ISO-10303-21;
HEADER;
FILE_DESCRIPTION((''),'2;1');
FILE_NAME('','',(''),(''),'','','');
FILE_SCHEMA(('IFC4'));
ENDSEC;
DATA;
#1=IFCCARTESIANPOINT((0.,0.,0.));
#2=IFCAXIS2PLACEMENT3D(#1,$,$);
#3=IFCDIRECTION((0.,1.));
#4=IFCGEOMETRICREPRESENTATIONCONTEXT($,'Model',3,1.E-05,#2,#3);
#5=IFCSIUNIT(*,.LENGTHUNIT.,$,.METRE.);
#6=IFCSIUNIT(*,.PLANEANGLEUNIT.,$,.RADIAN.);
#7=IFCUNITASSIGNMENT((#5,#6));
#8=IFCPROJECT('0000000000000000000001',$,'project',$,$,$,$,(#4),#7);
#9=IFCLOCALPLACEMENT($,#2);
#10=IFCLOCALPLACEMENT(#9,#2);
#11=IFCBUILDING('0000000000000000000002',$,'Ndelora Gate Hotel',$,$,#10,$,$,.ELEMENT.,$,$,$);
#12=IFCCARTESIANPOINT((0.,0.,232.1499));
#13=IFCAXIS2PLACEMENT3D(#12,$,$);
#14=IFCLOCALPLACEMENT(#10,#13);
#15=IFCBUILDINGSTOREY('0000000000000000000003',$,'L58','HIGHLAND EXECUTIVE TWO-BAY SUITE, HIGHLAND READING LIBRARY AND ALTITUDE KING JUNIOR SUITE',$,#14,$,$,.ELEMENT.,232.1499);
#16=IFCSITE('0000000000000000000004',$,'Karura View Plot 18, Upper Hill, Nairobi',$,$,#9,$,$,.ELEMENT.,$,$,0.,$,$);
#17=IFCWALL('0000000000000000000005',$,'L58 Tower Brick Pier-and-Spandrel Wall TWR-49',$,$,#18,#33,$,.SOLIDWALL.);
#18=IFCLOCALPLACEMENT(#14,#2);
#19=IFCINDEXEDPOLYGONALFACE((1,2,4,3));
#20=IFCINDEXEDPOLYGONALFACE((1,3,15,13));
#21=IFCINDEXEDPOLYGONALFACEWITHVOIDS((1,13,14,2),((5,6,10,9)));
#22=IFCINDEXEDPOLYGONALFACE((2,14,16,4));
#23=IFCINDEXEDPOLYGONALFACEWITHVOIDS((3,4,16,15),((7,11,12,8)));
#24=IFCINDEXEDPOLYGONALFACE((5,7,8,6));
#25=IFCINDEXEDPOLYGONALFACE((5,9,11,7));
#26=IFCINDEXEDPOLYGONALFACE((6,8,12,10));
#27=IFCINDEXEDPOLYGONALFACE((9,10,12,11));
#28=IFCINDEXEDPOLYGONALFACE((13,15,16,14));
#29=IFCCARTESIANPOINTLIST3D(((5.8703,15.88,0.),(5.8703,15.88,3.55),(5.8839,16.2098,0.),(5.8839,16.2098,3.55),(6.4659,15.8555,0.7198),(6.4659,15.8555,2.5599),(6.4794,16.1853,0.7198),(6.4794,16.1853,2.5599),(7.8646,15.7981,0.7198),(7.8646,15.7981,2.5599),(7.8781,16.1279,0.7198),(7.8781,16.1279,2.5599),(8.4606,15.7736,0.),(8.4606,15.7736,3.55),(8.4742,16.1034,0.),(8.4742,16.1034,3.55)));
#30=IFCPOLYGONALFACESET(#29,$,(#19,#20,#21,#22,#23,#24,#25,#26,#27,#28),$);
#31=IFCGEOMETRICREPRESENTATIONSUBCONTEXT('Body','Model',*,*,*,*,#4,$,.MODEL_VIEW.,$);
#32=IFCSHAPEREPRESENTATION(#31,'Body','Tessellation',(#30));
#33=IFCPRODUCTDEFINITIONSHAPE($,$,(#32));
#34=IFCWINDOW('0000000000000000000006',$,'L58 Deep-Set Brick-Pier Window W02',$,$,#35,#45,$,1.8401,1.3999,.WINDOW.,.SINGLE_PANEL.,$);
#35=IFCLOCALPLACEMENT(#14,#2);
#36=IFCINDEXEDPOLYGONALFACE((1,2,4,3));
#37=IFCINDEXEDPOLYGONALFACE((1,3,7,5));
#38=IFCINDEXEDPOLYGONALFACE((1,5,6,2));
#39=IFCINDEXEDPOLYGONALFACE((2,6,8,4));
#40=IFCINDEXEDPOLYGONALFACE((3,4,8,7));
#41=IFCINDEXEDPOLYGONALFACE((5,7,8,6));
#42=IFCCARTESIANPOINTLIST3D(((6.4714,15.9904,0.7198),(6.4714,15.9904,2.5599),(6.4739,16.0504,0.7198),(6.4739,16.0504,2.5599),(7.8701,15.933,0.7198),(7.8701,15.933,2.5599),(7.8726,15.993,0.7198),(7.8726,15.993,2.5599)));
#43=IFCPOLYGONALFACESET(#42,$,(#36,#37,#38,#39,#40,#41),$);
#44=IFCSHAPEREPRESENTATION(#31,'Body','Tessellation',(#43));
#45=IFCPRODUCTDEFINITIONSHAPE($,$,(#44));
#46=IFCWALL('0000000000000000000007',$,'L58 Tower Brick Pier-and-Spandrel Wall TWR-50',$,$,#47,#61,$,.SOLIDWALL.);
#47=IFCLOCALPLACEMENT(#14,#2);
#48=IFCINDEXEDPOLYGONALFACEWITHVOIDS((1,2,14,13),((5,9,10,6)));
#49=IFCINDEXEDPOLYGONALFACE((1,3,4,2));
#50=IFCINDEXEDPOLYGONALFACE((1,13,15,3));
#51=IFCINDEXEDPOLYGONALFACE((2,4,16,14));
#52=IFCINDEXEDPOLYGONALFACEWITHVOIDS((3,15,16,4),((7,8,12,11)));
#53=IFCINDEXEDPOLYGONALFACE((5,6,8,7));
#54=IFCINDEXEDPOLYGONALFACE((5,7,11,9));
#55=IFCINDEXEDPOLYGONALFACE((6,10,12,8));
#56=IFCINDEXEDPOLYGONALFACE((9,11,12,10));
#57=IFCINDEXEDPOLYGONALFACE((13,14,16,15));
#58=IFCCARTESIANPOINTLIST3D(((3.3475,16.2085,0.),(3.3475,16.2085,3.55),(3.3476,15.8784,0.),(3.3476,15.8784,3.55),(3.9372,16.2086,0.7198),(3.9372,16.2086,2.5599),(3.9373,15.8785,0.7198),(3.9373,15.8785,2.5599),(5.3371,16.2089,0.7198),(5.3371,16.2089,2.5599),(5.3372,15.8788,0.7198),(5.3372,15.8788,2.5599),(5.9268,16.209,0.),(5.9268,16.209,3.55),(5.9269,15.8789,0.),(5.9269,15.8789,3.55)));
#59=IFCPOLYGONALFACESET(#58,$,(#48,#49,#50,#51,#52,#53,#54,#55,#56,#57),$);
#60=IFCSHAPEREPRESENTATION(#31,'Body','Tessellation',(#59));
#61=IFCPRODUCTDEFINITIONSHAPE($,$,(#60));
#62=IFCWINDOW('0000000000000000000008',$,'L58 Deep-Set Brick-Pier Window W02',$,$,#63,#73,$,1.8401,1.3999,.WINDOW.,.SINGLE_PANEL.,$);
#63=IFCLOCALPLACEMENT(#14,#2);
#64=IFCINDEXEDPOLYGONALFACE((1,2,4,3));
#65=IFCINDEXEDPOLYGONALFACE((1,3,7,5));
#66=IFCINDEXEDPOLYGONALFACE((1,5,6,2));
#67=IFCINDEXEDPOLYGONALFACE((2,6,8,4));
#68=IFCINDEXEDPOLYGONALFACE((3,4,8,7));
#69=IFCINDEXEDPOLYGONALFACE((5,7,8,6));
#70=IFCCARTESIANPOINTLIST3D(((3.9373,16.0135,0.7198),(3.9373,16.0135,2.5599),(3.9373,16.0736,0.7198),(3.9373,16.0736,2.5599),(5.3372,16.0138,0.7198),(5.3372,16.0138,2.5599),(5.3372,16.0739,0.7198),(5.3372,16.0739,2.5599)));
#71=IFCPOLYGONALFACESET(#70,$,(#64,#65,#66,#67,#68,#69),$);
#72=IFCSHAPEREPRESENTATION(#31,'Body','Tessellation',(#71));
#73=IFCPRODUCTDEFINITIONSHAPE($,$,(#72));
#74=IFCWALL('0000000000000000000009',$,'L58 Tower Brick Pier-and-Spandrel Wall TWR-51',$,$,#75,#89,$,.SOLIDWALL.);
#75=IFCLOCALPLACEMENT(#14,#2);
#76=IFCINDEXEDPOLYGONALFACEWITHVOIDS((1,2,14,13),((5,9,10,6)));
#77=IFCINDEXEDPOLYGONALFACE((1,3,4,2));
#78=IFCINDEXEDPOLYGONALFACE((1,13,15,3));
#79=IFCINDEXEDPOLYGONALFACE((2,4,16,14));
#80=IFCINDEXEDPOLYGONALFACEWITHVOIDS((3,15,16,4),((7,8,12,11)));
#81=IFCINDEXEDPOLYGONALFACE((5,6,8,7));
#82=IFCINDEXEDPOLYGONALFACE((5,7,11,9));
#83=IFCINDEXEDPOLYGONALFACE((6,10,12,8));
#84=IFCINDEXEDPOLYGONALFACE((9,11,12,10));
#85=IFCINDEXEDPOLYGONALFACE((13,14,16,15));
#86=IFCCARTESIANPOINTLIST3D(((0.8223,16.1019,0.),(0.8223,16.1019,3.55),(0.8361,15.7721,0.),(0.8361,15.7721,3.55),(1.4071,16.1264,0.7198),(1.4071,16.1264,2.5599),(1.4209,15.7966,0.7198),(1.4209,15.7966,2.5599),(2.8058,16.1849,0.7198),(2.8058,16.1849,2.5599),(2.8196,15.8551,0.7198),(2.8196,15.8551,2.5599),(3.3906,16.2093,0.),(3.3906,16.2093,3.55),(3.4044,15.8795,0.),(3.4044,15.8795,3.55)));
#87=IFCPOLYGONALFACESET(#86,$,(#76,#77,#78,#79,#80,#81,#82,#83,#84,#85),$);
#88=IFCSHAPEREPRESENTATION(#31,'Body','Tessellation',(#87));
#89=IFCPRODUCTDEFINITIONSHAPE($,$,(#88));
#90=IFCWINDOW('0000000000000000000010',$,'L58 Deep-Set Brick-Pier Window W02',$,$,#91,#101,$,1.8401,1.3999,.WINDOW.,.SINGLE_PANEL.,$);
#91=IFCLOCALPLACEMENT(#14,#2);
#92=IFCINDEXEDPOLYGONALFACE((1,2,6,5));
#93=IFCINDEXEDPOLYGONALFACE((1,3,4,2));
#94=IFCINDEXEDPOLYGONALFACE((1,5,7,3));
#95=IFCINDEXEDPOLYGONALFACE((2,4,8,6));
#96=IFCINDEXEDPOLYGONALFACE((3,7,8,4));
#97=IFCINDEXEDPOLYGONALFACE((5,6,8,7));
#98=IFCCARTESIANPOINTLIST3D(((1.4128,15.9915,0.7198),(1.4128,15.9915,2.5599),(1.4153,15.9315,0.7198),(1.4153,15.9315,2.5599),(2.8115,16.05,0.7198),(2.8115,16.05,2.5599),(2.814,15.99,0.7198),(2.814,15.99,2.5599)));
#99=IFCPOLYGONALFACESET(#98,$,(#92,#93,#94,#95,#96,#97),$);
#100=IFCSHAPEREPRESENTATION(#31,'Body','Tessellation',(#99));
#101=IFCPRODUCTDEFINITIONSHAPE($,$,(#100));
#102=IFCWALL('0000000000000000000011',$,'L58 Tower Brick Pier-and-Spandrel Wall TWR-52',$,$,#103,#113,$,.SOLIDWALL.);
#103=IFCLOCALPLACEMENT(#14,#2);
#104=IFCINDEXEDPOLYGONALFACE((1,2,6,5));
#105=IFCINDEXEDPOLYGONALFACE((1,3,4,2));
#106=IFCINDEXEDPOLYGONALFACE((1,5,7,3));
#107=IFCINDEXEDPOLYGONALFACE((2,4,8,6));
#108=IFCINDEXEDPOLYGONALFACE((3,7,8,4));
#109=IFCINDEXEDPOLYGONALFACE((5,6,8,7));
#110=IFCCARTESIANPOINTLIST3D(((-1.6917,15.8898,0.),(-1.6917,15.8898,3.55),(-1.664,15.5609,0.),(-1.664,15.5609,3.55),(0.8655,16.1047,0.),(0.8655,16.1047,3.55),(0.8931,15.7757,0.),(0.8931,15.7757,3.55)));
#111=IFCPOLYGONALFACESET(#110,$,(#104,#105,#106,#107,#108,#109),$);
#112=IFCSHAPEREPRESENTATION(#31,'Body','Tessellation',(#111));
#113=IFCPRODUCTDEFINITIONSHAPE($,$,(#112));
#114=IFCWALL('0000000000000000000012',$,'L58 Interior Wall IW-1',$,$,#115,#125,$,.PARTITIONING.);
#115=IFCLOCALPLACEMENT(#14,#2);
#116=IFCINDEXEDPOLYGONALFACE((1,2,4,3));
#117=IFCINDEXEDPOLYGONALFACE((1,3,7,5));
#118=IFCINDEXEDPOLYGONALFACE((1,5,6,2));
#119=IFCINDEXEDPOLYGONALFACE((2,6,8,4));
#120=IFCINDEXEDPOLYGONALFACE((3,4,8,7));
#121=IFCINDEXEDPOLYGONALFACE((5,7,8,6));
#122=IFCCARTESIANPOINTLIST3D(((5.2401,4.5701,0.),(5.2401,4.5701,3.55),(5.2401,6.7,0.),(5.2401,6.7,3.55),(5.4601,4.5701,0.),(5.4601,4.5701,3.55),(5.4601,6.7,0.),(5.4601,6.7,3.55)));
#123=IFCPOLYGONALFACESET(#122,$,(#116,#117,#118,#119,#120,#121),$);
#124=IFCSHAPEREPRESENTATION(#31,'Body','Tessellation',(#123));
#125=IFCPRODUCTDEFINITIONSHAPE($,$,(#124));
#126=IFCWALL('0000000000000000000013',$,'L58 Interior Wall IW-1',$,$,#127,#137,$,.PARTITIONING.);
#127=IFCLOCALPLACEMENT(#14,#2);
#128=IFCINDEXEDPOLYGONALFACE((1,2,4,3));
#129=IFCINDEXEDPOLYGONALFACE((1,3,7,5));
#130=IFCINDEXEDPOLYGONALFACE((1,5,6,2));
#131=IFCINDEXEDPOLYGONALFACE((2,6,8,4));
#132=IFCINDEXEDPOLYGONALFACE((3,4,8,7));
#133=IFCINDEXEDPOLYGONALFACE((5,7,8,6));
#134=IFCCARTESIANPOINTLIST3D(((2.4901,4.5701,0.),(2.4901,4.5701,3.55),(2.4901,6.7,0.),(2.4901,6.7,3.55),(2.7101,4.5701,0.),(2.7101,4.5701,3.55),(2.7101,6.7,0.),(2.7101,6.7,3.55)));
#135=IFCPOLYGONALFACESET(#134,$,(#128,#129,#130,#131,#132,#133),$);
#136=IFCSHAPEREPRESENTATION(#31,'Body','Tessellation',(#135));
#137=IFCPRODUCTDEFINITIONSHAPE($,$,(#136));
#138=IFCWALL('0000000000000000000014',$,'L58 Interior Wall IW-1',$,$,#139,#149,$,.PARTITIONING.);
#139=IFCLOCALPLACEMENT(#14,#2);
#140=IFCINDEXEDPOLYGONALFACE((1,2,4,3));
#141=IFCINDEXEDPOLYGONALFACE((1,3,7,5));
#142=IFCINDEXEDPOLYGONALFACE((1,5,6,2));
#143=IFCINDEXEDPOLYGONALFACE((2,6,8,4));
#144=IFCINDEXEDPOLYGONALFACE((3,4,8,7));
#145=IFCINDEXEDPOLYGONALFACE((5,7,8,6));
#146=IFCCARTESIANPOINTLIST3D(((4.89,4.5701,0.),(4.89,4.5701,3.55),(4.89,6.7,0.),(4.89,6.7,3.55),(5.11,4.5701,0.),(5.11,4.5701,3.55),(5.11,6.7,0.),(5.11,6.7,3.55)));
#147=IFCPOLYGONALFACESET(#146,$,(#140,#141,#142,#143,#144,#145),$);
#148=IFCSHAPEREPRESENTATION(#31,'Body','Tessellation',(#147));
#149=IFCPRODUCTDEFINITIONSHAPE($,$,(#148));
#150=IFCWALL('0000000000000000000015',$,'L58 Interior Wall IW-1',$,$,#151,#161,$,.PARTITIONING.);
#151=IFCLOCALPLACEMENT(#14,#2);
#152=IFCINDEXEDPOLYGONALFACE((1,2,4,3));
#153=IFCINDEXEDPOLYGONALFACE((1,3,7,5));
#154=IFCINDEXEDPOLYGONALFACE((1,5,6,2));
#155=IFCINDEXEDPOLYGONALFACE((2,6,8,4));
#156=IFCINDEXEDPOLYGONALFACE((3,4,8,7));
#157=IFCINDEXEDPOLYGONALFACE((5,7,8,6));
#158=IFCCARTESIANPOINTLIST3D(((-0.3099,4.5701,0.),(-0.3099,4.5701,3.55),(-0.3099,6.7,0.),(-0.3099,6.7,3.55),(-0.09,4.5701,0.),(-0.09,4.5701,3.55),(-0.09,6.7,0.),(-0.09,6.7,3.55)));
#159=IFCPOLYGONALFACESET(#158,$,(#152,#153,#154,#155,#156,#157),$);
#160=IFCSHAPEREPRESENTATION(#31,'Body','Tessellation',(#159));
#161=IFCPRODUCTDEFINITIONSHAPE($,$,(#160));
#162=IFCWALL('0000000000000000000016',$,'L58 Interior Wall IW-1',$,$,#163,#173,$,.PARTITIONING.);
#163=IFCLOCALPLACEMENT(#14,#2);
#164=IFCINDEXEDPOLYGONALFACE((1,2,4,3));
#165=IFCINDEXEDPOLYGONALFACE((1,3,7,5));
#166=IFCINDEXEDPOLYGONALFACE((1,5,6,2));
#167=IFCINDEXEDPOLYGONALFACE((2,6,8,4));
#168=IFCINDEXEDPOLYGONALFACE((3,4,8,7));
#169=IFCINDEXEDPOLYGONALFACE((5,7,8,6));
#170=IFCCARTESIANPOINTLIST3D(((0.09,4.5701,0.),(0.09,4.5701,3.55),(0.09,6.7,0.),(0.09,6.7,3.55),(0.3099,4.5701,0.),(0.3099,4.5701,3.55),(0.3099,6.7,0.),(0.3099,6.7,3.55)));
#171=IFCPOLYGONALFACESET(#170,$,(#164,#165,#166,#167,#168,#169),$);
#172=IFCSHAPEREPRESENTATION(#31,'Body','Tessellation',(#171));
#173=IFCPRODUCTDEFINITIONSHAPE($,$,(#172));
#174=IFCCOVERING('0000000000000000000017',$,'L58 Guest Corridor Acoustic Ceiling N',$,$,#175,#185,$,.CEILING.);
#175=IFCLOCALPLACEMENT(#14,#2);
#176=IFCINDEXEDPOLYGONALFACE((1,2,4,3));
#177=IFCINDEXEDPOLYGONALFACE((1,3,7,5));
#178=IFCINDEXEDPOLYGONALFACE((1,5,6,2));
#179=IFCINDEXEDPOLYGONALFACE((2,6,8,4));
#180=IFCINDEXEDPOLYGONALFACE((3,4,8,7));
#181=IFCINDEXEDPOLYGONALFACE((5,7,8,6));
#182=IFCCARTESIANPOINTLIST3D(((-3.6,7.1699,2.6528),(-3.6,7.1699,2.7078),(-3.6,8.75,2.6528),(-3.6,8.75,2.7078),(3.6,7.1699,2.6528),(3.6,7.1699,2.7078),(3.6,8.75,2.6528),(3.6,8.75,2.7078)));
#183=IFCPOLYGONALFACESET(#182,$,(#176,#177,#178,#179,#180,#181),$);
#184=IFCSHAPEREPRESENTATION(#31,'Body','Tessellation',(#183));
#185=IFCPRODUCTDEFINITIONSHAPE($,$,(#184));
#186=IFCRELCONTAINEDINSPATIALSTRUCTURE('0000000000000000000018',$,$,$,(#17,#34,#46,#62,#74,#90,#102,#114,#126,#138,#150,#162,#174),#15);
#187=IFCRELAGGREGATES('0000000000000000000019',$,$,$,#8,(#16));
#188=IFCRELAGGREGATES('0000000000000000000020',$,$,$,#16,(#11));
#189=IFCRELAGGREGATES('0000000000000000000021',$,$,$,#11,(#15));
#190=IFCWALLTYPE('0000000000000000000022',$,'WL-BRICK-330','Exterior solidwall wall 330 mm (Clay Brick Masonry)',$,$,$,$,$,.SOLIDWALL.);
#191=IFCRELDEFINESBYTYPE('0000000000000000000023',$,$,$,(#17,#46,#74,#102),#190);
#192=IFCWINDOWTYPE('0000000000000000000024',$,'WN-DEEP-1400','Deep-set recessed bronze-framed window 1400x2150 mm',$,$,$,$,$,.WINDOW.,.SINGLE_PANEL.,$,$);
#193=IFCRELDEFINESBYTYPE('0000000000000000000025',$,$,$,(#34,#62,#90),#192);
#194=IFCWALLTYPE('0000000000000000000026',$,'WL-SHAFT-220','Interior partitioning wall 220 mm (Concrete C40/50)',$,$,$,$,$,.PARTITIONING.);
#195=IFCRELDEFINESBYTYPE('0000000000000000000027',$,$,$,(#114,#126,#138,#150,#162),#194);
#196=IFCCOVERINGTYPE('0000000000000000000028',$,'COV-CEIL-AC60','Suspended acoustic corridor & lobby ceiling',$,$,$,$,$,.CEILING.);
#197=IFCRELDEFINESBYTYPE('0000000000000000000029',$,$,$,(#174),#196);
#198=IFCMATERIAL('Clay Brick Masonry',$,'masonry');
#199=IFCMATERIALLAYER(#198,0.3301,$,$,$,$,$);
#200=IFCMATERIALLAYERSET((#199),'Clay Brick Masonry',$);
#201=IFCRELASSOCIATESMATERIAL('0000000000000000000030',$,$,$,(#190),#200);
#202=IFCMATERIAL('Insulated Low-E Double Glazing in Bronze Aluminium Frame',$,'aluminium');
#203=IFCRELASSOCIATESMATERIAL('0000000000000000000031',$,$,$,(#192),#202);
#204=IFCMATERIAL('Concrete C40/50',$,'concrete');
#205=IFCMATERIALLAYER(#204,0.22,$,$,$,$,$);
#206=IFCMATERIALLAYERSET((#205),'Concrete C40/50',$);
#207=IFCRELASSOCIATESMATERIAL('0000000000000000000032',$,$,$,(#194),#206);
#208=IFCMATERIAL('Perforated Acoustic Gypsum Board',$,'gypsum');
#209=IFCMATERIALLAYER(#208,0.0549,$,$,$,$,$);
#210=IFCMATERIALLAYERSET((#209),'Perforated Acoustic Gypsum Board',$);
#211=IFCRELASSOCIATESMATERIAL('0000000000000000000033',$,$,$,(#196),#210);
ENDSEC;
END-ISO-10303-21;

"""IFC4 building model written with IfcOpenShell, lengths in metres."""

from ifc_helpers import new_model, si_unit, direction, frame, frame_2d, origin, origin_2d, place, context, subcontext, project, spatial, rectangle, extrude, material, layer, layer_set, type_object, element, fill, save


model = new_model("IFC4")

# Units and contexts
model_context = context("Model", 3, precision=1e-05, world=origin(), true_north=direction((0.0, 1.0)))
body_context = subcontext(model_context, "Body", "Model", "MODEL_VIEW")
ifc_project = project(units=[si_unit("LENGTHUNIT", "METRE"), si_unit("PLANEANGLEUNIT", "RADIAN")], contexts=[model_context])

# Site, building, storey
site_placement = place(None, origin())
site = spatial("IfcSite", under=ifc_project, at=site_placement, Name="Karura View Plot 18, Upper Hill, Nairobi", CompositionType="ELEMENT", RefElevation=0.0)
building_placement = place(site_placement, origin())
building = spatial("IfcBuilding", under=site, at=building_placement, Name="Ndelora Gate Hotel", CompositionType="ELEMENT")
storey_placement = place(building_placement, frame((0.0, 0.0, 232.1499)))
storey = spatial("IfcBuildingStorey", under=building, at=storey_placement, Name="L58", Description="HIGHLAND EXECUTIVE TWO-BAY SUITE, HIGHLAND READING LIBRARY AND ALTITUDE KING JUNIOR SUITE", CompositionType="ELEMENT", Elevation=232.1499)

# Walls, openings, windows
ifc_material_1 = material(Name="Clay Brick Masonry", Category="masonry")
ifc_layer_1 = layer(ifc_material_1, 0.3301)
ifc_layer_set_1 = layer_set([ifc_layer_1], Name="Clay Brick Masonry")
wall_type_1 = type_object("IfcWallType", Name="WL-BRICK-330", Description="Exterior solidwall wall 330 mm (Clay Brick Masonry)", PredefinedType="SOLIDWALL", material=ifc_layer_set_1)
wall_1_placement = place(storey_placement, frame((5.877, 16.0449, 0.0), z_axis=(0.0, 0.0, 1.0), x_axis=(0.999157, -0.041059, 0.0)))
wall_1 = element("IfcWall", 1, at=wall_1_placement, inside=storey, type_object=wall_type_1, Name="L58 Tower Brick Pier-and-Spandrel Wall TWR-49", PredefinedType="SOLIDWALL", context=body_context, shape_type="SweptSolid", body=[
    extrude(rectangle(XDim=2.5925, YDim=0.3301, at=frame_2d((1.2964, 0.0))), origin(), (0.0, 0.0, 1.0), 3.55),
])
opening_1_placement = place(wall_1_placement, frame((0.5962, 0.0, 0.72)))
opening_1 = element("IfcOpeningElement", 2, at=opening_1_placement, cuts=wall_1, PredefinedType="OPENING", context=body_context, shape_type="SweptSolid", body=[
    extrude(rectangle(XDim=1.3999, YDim=1.8401, at=frame_2d((0.7, 0.9199))), frame((0.0, 0.175, 0.0), z_axis=(0.0, -1.0, 0.0), x_axis=(1.0, 0.0, 0.0)), (0.0, 0.0, 1.0), 0.3501),
])
ifc_material_2 = material(Name="Insulated Low-E Double Glazing in Bronze Aluminium Frame", Category="aluminium")
window_type = type_object("IfcWindowType", Name="WN-DEEP-1400", Description="Deep-set recessed bronze-framed window 1400x2150 mm", PartitioningType="SINGLE_PANEL", PredefinedType="WINDOW", material=ifc_material_2)
window_1_placement = place(opening_1_placement, origin())
window_1 = element("IfcWindow", 3, at=window_1_placement, inside=storey, type_object=window_type, Name="L58 Deep-Set Brick-Pier Window W02", OverallHeight=1.8401, OverallWidth=1.3999, PartitioningType="SINGLE_PANEL", PredefinedType="WINDOW", context=body_context, shape_type="SweptSolid", body=[
    extrude(rectangle(XDim=1.3999, YDim=1.8401, at=frame_2d((0.7, 0.9199))), frame((0.0, 0.03, 0.0), z_axis=(0.0, -1.0, 0.0), x_axis=(1.0, 0.0, 0.0)), (0.0, 0.0, 1.0), 0.0601),
])
fill(opening_1, window_1)
wall_2_placement = place(storey_placement, frame((3.3477, 16.0435, 0.0), z_axis=(0.0, 0.0, 1.0), x_axis=(1.0, 0.000189, 0.0)))
wall_2 = element("IfcWall", 4, at=wall_2_placement, inside=storey, type_object=wall_type_1, Name="L58 Tower Brick Pier-and-Spandrel Wall TWR-50", PredefinedType="SOLIDWALL", context=body_context, shape_type="SweptSolid", body=[
    extrude(rectangle(XDim=2.5793, YDim=0.3301, at=frame_2d((1.2896, 0.0))), origin(), (0.0, 0.0, 1.0), 3.55),
])
opening_2_placement = place(wall_2_placement, frame((0.5896, 0.0, 0.72)))
opening_2 = element("IfcOpeningElement", 5, at=opening_2_placement, cuts=wall_2, PredefinedType="OPENING", context=body_context, shape_type="SweptSolid", body=[
    extrude(rectangle(XDim=1.3999, YDim=1.8401, at=frame_2d((0.7, 0.9199))), frame((0.0, 0.175, 0.0), z_axis=(0.0, -1.0, 0.0), x_axis=(1.0, 0.0, 0.0)), (0.0, 0.0, 1.0), 0.3501),
])
window_2_placement = place(opening_2_placement, origin())
window_2 = element("IfcWindow", 6, at=window_2_placement, inside=storey, type_object=window_type, Name="L58 Deep-Set Brick-Pier Window W02", OverallHeight=1.8401, OverallWidth=1.3999, PartitioningType="SINGLE_PANEL", PredefinedType="WINDOW", context=body_context, shape_type="SweptSolid", body=[
    extrude(rectangle(XDim=1.3999, YDim=1.8401, at=frame_2d((0.7, 0.9199))), frame((0.0, 0.03, 0.0), z_axis=(0.0, -1.0, 0.0), x_axis=(1.0, 0.0, 0.0)), (0.0, 0.0, 1.0), 0.0601),
])
fill(opening_2, window_2)
wall_3_placement = place(storey_placement, frame((0.8293, 15.937, 0.0), z_axis=(0.0, 0.0, 1.0), x_axis=(0.999126, 0.041789, 0.0)))
wall_3 = element("IfcWall", 7, at=wall_3_placement, inside=storey, type_object=wall_type_1, Name="L58 Tower Brick Pier-and-Spandrel Wall TWR-51", PredefinedType="SOLIDWALL", context=body_context, shape_type="SweptSolid", body=[
    extrude(rectangle(XDim=2.5706, YDim=0.3301, at=frame_2d((1.2852, 0.0))), origin(), (0.0, 0.0, 1.0), 3.55),
])
opening_3_placement = place(wall_3_placement, frame((0.5852, 0.0, 0.72)))
opening_3 = element("IfcOpeningElement", 8, at=opening_3_placement, cuts=wall_3, PredefinedType="OPENING", context=body_context, shape_type="SweptSolid", body=[
    extrude(rectangle(XDim=1.3999, YDim=1.8401, at=frame_2d((0.7, 0.9199))), frame((0.0, 0.175, 0.0), z_axis=(0.0, -1.0, 0.0), x_axis=(1.0, 0.0, 0.0)), (0.0, 0.0, 1.0), 0.3501),
])
window_3_placement = place(opening_3_placement, origin())
window_3 = element("IfcWindow", 9, at=window_3_placement, inside=storey, type_object=window_type, Name="L58 Deep-Set Brick-Pier Window W02", OverallHeight=1.8401, OverallWidth=1.3999, PartitioningType="SINGLE_PANEL", PredefinedType="WINDOW", context=body_context, shape_type="SweptSolid", body=[
    extrude(rectangle(XDim=1.3999, YDim=1.8401, at=frame_2d((0.7, 0.9199))), frame((0.0, 0.03, 0.0), z_axis=(0.0, -1.0, 0.0), x_axis=(1.0, 0.0, 0.0)), (0.0, 0.0, 1.0), 0.0601),
])
fill(opening_3, window_3)

# Wall
wall_4_placement = place(storey_placement, frame((-1.678, 15.7253, 0.0), z_axis=(0.0, 0.0, 1.0), x_axis=(0.996489, 0.083723, 0.0)))
element("IfcWall", 10, at=wall_4_placement, inside=storey, type_object=wall_type_1, Name="L58 Tower Brick Pier-and-Spandrel Wall TWR-52", PredefinedType="SOLIDWALL", context=body_context, shape_type="SweptSolid", body=[
    extrude(rectangle(XDim=2.5662, YDim=0.3301, at=frame_2d((1.2832, 0.0))), origin(), (0.0, 0.0, 1.0), 3.55),
])

# Shared definitions
ifc_material_3 = material(Name="Concrete C40/50", Category="concrete")
ifc_layer_2 = layer(ifc_material_3, 0.22)
ifc_layer_set_2 = layer_set([ifc_layer_2], Name="Concrete C40/50")
wall_type_2 = type_object("IfcWallType", Name="WL-SHAFT-220", Description="Interior partitioning wall 220 mm (Concrete C40/50)", PredefinedType="PARTITIONING", material=ifc_layer_set_2)

# Walls
for number, where, z_axis, x_axis, name in (
    (11, (5.3501, 4.5701, 0.0), (0.0, 0.0, 1.0), (0.0, 1.0, 0.0), "L58 Interior Wall IW-1"),
    (12, (2.6001, 4.5701, 0.0), (0.0, 0.0, 1.0), (0.0, 1.0, 0.0), "L58 Interior Wall IW-1"),
    (13, (5.0, 4.5701, 0.0), (0.0, 0.0, 1.0), (0.0, 1.0, 0.0), "L58 Interior Wall IW-1"),
    (14, (-0.2, 4.5701, 0.0), (0.0, 0.0, 1.0), (0.0, 1.0, 0.0), "L58 Interior Wall IW-1"),
    (15, (0.2, 4.5701, 0.0), (0.0, 0.0, 1.0), (0.0, 1.0, 0.0), "L58 Interior Wall IW-1"),
):
    element("IfcWall", number, at=place(storey_placement, frame(where, z_axis=z_axis, x_axis=x_axis)), inside=storey, type_object=wall_type_2, Name=name, PredefinedType="PARTITIONING", context=body_context, shape_type="SweptSolid", body=[
        extrude(rectangle(XDim=2.1299, YDim=0.22, at=frame_2d((1.0649, 0.0))), origin(), (0.0, 0.0, 1.0), 3.55),
    ])

# Covering
ifc_material_4 = material(Name="Perforated Acoustic Gypsum Board", Category="gypsum")
ifc_layer_3 = layer(ifc_material_4, 0.0549)
ifc_layer_set_3 = layer_set([ifc_layer_3], Name="Perforated Acoustic Gypsum Board")
covering_type_1 = type_object("IfcCoveringType", Name="COV-CEIL-AC60", Description="Suspended acoustic corridor & lobby ceiling", PredefinedType="CEILING", material=ifc_layer_set_3)
covering_1_placement = place(storey_placement, frame((0.0, 7.96, 2.6528), z_axis=(0.0, 0.0, 1.0), x_axis=(1.0, 0.0, 0.0)))
element("IfcCovering", 16, at=covering_1_placement, inside=storey, type_object=covering_type_1, Name="L58 Guest Corridor Acoustic Ceiling N", PredefinedType="CEILING", context=body_context, shape_type="SweptSolid", body=[
    extrude(rectangle(XDim=7.2, YDim=1.5801, at=origin_2d()), origin(), (0.0, 0.0, 1.0), 0.0549),
])

save(model, "model.ifc")
